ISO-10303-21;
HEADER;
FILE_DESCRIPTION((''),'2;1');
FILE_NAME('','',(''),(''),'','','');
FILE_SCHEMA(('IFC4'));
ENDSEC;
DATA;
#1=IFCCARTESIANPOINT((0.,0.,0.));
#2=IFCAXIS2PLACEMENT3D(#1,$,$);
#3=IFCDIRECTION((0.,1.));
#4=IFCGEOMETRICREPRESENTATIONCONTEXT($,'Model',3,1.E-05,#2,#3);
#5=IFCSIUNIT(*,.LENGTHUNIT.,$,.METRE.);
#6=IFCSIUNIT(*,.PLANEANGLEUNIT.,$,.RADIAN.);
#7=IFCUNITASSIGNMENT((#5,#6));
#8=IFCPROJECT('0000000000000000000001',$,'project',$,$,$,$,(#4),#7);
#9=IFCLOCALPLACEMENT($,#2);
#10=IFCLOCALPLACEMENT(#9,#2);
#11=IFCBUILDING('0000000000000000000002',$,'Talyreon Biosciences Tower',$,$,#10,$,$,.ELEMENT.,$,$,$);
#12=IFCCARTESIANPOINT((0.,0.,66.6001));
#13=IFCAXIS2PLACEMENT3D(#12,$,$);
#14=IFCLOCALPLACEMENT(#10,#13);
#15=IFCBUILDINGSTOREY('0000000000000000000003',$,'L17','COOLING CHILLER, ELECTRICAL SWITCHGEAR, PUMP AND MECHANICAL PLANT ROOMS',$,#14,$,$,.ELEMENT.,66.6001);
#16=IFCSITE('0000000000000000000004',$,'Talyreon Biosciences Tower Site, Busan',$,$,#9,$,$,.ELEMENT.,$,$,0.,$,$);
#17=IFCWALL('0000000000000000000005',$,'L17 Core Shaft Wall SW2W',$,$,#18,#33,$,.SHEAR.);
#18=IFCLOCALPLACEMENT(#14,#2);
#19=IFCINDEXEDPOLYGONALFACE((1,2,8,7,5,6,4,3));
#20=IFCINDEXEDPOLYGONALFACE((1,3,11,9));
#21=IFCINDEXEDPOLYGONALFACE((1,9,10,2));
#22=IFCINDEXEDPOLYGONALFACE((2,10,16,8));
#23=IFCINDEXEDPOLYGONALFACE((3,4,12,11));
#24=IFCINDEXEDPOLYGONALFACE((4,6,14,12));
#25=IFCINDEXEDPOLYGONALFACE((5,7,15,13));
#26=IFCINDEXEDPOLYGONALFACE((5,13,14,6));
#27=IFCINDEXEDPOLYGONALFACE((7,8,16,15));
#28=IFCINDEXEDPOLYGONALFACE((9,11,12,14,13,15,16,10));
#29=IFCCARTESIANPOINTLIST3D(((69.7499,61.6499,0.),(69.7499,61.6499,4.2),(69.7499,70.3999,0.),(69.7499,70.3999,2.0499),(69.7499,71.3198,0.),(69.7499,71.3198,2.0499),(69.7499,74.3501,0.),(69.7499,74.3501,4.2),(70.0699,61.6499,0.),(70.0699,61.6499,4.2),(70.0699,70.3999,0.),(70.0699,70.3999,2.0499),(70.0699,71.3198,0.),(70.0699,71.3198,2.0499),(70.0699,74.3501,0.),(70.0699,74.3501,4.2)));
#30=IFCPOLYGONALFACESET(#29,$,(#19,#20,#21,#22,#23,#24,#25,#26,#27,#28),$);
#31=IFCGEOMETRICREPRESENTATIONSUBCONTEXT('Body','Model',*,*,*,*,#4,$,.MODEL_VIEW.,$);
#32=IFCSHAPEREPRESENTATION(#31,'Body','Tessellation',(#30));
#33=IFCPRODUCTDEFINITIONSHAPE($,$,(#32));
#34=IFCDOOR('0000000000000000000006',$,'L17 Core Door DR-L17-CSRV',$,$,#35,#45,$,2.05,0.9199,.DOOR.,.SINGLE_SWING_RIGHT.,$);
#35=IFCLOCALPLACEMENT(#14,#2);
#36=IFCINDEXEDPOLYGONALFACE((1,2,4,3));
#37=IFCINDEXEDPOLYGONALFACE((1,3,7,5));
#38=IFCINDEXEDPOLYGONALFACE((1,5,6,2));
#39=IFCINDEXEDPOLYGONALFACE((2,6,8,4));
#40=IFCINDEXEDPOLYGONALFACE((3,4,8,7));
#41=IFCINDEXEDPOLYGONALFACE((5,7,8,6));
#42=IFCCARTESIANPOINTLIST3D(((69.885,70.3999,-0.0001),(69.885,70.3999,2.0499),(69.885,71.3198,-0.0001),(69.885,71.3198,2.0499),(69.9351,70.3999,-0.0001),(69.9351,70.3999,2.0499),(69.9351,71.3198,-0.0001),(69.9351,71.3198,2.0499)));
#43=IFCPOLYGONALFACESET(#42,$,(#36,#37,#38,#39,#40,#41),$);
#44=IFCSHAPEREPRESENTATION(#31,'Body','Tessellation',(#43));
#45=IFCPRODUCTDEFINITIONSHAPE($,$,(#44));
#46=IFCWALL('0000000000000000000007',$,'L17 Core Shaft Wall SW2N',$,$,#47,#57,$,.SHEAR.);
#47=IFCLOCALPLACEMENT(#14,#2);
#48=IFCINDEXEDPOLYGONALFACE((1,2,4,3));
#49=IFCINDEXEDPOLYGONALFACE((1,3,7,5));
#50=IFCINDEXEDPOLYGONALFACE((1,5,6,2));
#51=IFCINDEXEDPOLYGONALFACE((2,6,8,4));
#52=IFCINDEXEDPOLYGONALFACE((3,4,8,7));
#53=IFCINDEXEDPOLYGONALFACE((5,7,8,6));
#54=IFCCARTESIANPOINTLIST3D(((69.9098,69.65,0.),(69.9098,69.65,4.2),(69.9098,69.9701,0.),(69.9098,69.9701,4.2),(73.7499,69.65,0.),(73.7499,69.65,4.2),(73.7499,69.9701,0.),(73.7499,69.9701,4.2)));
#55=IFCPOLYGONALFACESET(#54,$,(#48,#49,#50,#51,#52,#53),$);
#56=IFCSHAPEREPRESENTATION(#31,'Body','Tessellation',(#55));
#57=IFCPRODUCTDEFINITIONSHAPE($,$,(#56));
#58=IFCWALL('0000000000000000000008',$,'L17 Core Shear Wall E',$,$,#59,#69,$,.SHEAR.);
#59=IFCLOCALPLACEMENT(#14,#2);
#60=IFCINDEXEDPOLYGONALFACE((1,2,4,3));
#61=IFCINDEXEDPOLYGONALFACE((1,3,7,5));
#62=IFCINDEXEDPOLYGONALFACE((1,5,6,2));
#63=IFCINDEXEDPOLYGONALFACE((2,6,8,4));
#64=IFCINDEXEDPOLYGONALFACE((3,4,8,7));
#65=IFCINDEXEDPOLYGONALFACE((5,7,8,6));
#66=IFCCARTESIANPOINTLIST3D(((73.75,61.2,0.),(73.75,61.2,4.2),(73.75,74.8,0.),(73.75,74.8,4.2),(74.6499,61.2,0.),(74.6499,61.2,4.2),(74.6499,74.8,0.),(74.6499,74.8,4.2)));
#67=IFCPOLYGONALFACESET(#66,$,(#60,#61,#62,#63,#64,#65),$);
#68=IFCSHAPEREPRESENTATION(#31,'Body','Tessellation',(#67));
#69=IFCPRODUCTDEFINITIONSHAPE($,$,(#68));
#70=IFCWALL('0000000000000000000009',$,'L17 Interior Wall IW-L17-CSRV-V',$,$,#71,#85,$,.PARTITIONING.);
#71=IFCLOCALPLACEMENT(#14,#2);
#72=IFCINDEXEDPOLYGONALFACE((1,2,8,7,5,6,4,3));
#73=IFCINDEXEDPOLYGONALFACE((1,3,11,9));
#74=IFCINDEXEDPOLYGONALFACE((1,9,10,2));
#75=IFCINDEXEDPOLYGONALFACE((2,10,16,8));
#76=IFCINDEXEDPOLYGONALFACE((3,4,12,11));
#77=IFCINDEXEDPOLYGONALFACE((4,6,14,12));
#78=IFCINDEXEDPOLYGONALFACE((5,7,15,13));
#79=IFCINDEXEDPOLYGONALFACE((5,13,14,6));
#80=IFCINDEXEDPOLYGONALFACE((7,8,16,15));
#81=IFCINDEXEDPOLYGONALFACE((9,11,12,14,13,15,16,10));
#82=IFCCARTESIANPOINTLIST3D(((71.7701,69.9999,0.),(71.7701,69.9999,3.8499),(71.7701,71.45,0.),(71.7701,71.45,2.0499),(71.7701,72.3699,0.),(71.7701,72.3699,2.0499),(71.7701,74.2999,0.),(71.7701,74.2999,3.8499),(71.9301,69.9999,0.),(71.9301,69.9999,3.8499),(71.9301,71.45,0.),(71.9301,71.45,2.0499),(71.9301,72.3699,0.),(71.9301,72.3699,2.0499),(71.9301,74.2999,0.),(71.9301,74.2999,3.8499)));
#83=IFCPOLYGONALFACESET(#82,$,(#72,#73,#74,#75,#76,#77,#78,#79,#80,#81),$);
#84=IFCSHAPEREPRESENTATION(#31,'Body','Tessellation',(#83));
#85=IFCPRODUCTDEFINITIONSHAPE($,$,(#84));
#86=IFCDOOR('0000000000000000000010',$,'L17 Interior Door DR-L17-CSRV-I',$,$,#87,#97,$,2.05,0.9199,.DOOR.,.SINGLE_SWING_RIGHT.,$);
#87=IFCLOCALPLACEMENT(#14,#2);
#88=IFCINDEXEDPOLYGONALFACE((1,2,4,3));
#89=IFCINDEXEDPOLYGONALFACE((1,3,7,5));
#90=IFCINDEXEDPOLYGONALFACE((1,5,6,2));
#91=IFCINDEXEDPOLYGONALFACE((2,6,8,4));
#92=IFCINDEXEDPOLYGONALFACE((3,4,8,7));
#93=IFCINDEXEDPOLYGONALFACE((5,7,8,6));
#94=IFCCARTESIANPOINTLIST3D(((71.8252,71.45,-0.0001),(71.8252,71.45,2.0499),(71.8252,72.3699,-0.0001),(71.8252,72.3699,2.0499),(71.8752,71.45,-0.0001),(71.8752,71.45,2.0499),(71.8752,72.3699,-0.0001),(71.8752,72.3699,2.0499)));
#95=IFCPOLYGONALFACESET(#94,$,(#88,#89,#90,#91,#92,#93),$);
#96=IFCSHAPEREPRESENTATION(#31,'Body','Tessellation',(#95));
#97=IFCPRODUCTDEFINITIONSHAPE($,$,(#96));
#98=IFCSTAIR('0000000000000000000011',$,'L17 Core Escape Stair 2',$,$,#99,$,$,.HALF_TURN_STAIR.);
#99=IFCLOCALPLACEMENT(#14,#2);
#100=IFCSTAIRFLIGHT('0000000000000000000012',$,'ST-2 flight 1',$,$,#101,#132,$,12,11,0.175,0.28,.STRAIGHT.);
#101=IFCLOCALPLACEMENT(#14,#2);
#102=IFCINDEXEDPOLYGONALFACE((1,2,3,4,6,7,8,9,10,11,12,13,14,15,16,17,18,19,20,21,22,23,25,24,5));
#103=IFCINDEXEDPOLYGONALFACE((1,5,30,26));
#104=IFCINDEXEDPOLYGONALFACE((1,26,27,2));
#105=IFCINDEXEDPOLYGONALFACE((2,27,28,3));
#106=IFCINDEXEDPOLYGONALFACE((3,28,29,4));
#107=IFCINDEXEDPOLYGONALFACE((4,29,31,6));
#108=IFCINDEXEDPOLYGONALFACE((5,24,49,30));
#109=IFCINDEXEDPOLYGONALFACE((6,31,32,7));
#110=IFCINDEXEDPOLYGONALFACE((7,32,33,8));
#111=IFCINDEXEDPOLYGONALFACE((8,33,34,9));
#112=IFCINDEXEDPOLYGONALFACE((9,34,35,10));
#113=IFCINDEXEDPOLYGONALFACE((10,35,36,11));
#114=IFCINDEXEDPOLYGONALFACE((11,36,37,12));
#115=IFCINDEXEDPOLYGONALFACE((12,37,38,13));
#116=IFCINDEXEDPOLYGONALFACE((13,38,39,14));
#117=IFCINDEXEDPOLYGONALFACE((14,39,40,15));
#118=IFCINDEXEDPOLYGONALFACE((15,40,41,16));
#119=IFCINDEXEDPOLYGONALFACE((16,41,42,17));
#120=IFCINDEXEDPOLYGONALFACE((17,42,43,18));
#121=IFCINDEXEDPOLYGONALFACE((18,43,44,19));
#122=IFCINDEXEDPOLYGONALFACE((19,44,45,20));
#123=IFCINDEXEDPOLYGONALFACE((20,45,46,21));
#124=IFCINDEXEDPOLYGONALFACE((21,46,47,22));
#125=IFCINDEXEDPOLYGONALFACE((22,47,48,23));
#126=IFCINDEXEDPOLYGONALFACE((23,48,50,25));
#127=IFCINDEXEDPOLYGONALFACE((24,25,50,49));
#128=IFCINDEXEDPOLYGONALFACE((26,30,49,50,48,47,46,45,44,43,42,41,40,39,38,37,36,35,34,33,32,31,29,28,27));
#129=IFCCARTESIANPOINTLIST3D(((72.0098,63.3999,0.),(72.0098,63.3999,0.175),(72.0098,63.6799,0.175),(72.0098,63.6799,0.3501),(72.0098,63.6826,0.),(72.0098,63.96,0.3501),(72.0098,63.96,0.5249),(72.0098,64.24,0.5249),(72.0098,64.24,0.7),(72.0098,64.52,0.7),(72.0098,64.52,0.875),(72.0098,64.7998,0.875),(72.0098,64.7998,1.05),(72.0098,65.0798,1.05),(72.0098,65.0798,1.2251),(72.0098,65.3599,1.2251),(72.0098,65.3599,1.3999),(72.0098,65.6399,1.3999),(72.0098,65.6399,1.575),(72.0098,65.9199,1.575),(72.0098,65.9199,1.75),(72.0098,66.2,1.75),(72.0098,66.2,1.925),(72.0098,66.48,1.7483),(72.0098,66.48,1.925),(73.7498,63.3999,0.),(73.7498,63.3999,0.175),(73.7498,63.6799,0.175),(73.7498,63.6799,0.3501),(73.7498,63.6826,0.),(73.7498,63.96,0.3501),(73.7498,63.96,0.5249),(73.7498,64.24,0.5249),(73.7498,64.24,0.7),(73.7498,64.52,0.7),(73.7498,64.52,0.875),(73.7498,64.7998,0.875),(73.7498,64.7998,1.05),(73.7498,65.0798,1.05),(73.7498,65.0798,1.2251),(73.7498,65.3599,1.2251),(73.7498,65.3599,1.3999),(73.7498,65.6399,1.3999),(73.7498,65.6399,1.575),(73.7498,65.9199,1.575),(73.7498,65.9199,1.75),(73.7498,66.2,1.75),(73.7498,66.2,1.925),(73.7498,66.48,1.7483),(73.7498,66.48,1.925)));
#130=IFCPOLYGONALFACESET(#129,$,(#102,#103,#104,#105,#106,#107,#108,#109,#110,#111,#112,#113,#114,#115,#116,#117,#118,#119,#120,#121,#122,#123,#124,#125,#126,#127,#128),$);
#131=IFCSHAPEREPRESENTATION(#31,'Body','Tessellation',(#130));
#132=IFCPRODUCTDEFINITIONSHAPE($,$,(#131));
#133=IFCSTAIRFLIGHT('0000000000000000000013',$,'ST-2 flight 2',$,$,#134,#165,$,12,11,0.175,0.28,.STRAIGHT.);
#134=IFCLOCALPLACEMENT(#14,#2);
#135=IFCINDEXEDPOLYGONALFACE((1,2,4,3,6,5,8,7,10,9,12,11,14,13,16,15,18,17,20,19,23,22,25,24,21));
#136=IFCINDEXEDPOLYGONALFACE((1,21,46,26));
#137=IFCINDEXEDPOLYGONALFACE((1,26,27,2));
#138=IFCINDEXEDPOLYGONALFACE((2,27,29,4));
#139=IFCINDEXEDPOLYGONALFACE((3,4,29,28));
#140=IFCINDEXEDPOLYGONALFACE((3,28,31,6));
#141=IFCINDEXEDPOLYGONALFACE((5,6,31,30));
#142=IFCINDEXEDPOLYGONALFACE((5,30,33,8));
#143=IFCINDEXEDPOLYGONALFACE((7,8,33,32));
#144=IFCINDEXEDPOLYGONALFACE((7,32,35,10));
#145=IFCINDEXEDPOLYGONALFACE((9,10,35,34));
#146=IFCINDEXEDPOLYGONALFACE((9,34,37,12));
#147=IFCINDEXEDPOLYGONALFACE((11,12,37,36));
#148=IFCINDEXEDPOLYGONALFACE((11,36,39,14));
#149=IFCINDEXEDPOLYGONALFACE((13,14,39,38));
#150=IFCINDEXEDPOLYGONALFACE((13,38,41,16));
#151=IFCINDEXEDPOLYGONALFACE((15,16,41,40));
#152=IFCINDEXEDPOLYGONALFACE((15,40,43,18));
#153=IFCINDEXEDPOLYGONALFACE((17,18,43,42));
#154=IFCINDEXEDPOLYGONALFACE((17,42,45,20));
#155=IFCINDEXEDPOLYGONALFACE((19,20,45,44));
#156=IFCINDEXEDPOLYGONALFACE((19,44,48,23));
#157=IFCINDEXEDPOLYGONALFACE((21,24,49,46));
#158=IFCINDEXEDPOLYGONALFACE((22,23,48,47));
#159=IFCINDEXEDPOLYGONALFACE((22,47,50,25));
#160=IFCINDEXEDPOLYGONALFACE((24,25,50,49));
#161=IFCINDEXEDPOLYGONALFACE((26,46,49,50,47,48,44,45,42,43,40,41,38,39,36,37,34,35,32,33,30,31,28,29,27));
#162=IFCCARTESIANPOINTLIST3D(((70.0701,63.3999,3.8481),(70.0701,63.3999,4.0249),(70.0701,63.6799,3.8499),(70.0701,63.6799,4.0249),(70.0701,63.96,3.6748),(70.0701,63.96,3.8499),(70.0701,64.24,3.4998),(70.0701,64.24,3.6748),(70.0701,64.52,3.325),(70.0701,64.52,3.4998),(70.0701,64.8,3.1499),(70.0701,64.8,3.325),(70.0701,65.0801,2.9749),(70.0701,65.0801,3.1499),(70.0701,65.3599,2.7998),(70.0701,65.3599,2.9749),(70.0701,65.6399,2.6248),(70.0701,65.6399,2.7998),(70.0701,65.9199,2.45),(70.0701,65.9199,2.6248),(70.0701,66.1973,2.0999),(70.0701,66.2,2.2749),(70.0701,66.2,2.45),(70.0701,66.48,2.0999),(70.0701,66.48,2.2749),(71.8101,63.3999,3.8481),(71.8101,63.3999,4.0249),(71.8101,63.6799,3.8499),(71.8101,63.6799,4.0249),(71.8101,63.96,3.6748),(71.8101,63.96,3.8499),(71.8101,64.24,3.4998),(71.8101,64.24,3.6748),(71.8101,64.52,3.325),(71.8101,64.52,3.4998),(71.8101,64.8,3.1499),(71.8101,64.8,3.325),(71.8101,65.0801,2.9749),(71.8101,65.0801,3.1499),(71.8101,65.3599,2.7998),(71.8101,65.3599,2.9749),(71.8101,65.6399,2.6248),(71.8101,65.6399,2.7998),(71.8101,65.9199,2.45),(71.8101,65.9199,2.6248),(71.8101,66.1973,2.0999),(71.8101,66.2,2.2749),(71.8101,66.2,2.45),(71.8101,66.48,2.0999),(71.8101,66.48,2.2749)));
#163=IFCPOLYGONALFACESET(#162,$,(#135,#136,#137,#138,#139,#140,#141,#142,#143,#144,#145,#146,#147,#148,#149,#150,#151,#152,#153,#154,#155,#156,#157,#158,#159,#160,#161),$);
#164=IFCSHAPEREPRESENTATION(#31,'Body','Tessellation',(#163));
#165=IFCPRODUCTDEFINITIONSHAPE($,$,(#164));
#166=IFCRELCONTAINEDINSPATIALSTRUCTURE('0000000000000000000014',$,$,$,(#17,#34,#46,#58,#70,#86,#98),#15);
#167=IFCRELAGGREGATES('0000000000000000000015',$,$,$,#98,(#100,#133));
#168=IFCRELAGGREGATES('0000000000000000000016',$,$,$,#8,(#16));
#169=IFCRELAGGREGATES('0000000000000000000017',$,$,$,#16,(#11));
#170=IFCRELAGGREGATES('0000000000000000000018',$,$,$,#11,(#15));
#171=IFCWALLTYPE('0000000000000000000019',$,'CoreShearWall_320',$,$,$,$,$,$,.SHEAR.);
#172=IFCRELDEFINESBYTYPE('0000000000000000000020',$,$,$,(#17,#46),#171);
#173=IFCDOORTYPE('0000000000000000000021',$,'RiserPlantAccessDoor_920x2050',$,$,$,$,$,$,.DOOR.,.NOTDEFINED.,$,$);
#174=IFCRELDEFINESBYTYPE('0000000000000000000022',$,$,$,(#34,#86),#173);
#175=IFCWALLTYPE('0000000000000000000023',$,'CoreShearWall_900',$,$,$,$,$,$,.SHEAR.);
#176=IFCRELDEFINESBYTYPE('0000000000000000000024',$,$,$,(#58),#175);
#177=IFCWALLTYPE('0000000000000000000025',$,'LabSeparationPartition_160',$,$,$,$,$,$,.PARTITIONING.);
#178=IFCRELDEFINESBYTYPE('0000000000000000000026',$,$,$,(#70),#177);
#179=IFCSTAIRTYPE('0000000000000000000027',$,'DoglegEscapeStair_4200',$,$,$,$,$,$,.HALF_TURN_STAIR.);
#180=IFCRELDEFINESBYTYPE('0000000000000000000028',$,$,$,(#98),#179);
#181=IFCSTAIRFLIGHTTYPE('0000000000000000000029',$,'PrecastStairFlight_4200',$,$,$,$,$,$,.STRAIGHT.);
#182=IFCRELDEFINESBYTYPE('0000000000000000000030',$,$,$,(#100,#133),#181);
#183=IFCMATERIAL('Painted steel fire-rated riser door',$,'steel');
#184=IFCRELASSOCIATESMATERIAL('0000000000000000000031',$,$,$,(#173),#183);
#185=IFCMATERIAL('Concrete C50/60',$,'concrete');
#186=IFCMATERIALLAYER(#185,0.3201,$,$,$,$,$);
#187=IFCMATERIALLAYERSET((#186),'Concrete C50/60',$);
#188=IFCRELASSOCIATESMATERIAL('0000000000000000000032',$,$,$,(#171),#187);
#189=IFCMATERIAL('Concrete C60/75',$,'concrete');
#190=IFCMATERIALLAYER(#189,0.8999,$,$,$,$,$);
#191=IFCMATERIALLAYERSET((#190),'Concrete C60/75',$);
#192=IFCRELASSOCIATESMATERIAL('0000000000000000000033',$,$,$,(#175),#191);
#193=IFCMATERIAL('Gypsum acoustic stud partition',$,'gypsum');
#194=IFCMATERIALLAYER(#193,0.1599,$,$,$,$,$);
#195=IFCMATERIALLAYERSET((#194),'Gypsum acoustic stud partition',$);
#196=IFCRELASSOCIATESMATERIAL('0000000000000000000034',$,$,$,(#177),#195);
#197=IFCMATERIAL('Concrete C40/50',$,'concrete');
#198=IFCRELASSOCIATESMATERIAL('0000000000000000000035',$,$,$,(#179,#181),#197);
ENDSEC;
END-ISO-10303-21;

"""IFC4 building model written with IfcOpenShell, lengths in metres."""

from ifc_helpers import new_model, si_unit, direction, frame, frame_2d, origin, place, context, subcontext, project, spatial, polyline, rectangle, outline, extrude, material, layer, layer_set, type_object, element, fill, aggregate, save


model = new_model("IFC4")

# Units and contexts
model_context = context("Model", 3, precision=1e-05, world=origin(), true_north=direction((0.0, 1.0)))
body_context = subcontext(model_context, "Body", "Model", "MODEL_VIEW")
ifc_project = project(units=[si_unit("LENGTHUNIT", "METRE"), si_unit("PLANEANGLEUNIT", "RADIAN")], contexts=[model_context])

# Site, building, storey
site_placement = place(None, origin())
site = spatial("IfcSite", under=ifc_project, at=site_placement, Name="Talyreon Biosciences Tower Site, Busan", CompositionType="ELEMENT", RefElevation=0.0)
building_placement = place(site_placement, origin())
building = spatial("IfcBuilding", under=site, at=building_placement, Name="Talyreon Biosciences Tower", CompositionType="ELEMENT")
storey_placement = place(building_placement, frame((0.0, 0.0, 66.6001)))
storey = spatial("IfcBuildingStorey", under=building, at=storey_placement, Name="L17", Description="COOLING CHILLER, ELECTRICAL SWITCHGEAR, PUMP AND MECHANICAL PLANT ROOMS", CompositionType="ELEMENT", Elevation=66.6001)

# Shared definitions
ifc_material_1 = material(Name="Concrete C60/75", Category="concrete")

# Shared definitions
ifc_material_2 = material(Name="Concrete C50/60", Category="concrete")
ifc_material_3 = material(Name="Painted steel fire-rated riser door", Category="steel")
door_type = type_object("IfcDoorType", Name="RiserPlantAccessDoor_920x2050", OperationType="NOTDEFINED", PredefinedType="DOOR", material=ifc_material_3)

# Wall, opening, door
ifc_layer_1 = layer(ifc_material_2, 0.3201)
ifc_layer_set_1 = layer_set([ifc_layer_1], Name="Concrete C50/60")
wall_type_1 = type_object("IfcWallType", Name="CoreShearWall_320", PredefinedType="SHEAR", material=ifc_layer_set_1)
wall_1_placement = place(storey_placement, frame((69.9099, 61.6499, 0.0), z_axis=(0.0, 0.0, 1.0), x_axis=(0.0, 1.0, 0.0)))
wall_1 = element("IfcWall", 1, at=wall_1_placement, inside=storey, type_object=wall_type_1, Name="L17 Core Shaft Wall SW2W", PredefinedType="SHEAR", context=body_context, shape_type="SweptSolid", body=[
    extrude(rectangle(XDim=12.7002, YDim=0.3201, at=frame_2d((6.3501, 0.0))), origin(), (0.0, 0.0, 1.0), 4.2),
])
opening_1_placement = place(wall_1_placement, frame((8.75, 0.0, 0.0)))
opening_1 = element("IfcOpeningElement", 2, at=opening_1_placement, cuts=wall_1, PredefinedType="OPENING", context=body_context, shape_type="SweptSolid", body=[
    extrude(rectangle(XDim=0.9199, YDim=2.05, at=frame_2d((0.46, 1.0249))), frame((0.0, 0.1699, 0.0), z_axis=(0.0, -1.0, 0.0), x_axis=(1.0, 0.0, 0.0)), (0.0, 0.0, 1.0), 0.3401),
])
door_1_placement = place(opening_1_placement, origin())
door_1 = element("IfcDoor", 3, at=door_1_placement, inside=storey, type_object=door_type, Name="L17 Core Door DR-L17-CSRV", OperationType="SINGLE_SWING_RIGHT", OverallHeight=2.05, OverallWidth=0.9199, PredefinedType="DOOR", context=body_context, shape_type="SweptSolid", body=[
    extrude(rectangle(XDim=0.9199, YDim=2.05, at=frame_2d((0.46, 1.0249))), frame((0.0, 0.0249, 0.0), z_axis=(0.0, -1.0, 0.0), x_axis=(1.0, 0.0, 0.0)), (0.0, 0.0, 1.0), 0.05),
])
fill(opening_1, door_1)

# Walls
wall_2_placement = place(storey_placement, frame((69.9099, 69.8101, 0.0), z_axis=(0.0, 0.0, 1.0), x_axis=(1.0, 0.0, 0.0)))
element("IfcWall", 4, at=wall_2_placement, inside=storey, type_object=wall_type_1, Name="L17 Core Shaft Wall SW2N", PredefinedType="SHEAR", context=body_context, shape_type="SweptSolid", body=[
    extrude(rectangle(XDim=3.8401, YDim=0.3201, at=frame_2d((1.9199, 0.0))), origin(), (0.0, 0.0, 1.0), 4.2),
])
ifc_layer_2 = layer(ifc_material_1, 0.8999)
ifc_layer_set_2 = layer_set([ifc_layer_2], Name="Concrete C60/75")
wall_type_2 = type_object("IfcWallType", Name="CoreShearWall_900", PredefinedType="SHEAR", material=ifc_layer_set_2)
wall_3_placement = place(storey_placement, frame((74.2, 61.2, 0.0), z_axis=(0.0, 0.0, 1.0), x_axis=(0.0, 1.0, 0.0)))
element("IfcWall", 5, at=wall_3_placement, inside=storey, type_object=wall_type_2, Name="L17 Core Shear Wall E", PredefinedType="SHEAR", context=body_context, shape_type="SweptSolid", body=[
    extrude(rectangle(XDim=13.6001, YDim=0.8999, at=frame_2d((6.8, 0.0))), origin(), (0.0, 0.0, 1.0), 4.2),
])

# Wall, opening, door
ifc_material_4 = material(Name="Gypsum acoustic stud partition", Category="gypsum")
ifc_layer_3 = layer(ifc_material_4, 0.1599)
ifc_layer_set_3 = layer_set([ifc_layer_3], Name="Gypsum acoustic stud partition")
wall_type_3 = type_object("IfcWallType", Name="LabSeparationPartition_160", PredefinedType="PARTITIONING", material=ifc_layer_set_3)
wall_4_placement = place(storey_placement, frame((71.8501, 70.0, 0.0), z_axis=(0.0, 0.0, 1.0), x_axis=(0.0, 1.0, 0.0)))
wall_4 = element("IfcWall", 6, at=wall_4_placement, inside=storey, type_object=wall_type_3, Name="L17 Interior Wall IW-L17-CSRV-V", PredefinedType="PARTITIONING", context=body_context, shape_type="SweptSolid", body=[
    extrude(rectangle(XDim=4.3, YDim=0.1599, at=frame_2d((2.1499, 0.0))), origin(), (0.0, 0.0, 1.0), 3.8499),
])
opening_2_placement = place(wall_4_placement, frame((1.45, 0.0, 0.0)))
opening_2 = element("IfcOpeningElement", 7, at=opening_2_placement, cuts=wall_4, PredefinedType="OPENING", context=body_context, shape_type="SweptSolid", body=[
    extrude(rectangle(XDim=0.9199, YDim=2.05, at=frame_2d((0.46, 1.0249))), frame((0.0, 0.0898, 0.0), z_axis=(0.0, -1.0, 0.0), x_axis=(1.0, 0.0, 0.0)), (0.0, 0.0, 1.0), 0.1799),
])
door_2_placement = place(opening_2_placement, origin())
door_2 = element("IfcDoor", 8, at=door_2_placement, inside=storey, type_object=door_type, Name="L17 Interior Door DR-L17-CSRV-I", OperationType="SINGLE_SWING_RIGHT", OverallHeight=2.05, OverallWidth=0.9199, PredefinedType="DOOR", context=body_context, shape_type="SweptSolid", body=[
    extrude(rectangle(XDim=0.9199, YDim=2.05, at=frame_2d((0.46, 1.0249))), frame((0.0, 0.0249, 0.0), z_axis=(0.0, -1.0, 0.0), x_axis=(1.0, 0.0, 0.0)), (0.0, 0.0, 1.0), 0.05),
])
fill(opening_2, door_2)

# Stair, stair flights
ifc_material_5 = material(Name="Concrete C40/50", Category="concrete")
stair_type = type_object("IfcStairType", Name="DoglegEscapeStair_4200", PredefinedType="HALF_TURN_STAIR", material=ifc_material_5)
stair_placement = place(storey_placement, origin())
stair = element("IfcStair", 9, at=stair_placement, inside=storey, type_object=stair_type, Name="L17 Core Escape Stair 2", PredefinedType="HALF_TURN_STAIR")
stair_flight_type = type_object("IfcStairFlightType", Name="PrecastStairFlight_4200", PredefinedType="STRAIGHT", material=ifc_material_5)
stair_flight_1_placement = place(storey_placement, frame((72.8799, 63.3999, 0.0), z_axis=(0.0, 0.0, 1.0), x_axis=(0.0, 1.0, 0.0)))
stair_flight_1 = element("IfcStairFlight", 10, at=stair_flight_1_placement, type_object=stair_flight_type, Name="ST-2 flight 1", NumberOfRisers=12, NumberOfTreads=11, PredefinedType="STRAIGHT", RiserHeight=0.175, TreadLength=0.28, context=body_context, shape_type="SweptSolid", body=[
    extrude(outline(polyline([(0.0, 0.0), (0.0, 0.175), (0.28, 0.175), (0.28, 0.3501), (0.5601, 0.3501), (0.5601, 0.5249), (0.8401, 0.5249), (0.8401, 0.7), (1.1201, 0.7), (1.1201, 0.875), (1.3999, 0.875), (1.3999, 1.05), (1.6799, 1.05), (1.6799, 1.2251), (1.96, 1.2251), (1.96, 1.3999), (2.24, 1.3999), (2.24, 1.575), (2.52, 1.575), (2.52, 1.75), (2.8, 1.75), (2.8, 1.925), (3.0801, 1.925), (3.0801, 2.1001), (3.0801, 1.7483), (0.2827, 0.0), (0.0, 0.0)])), frame((0.0, 0.8701, 0.0), z_axis=(0.0, -1.0, 0.0), x_axis=(1.0, 0.0, 0.0)), (0.0, 0.0, 1.0), 1.74),
])
stair_flight_2_placement = place(storey_placement, frame((70.9399, 66.48, 2.0999), z_axis=(0.0, 0.0, 1.0), x_axis=(0.0, -1.0, 0.0)))
stair_flight_2 = element("IfcStairFlight", 11, at=stair_flight_2_placement, type_object=stair_flight_type, Name="ST-2 flight 2", NumberOfRisers=12, NumberOfTreads=11, PredefinedType="STRAIGHT", RiserHeight=0.175, TreadLength=0.28, context=body_context, shape_type="SweptSolid", body=[
    extrude(outline(polyline([(0.0, 0.0), (0.0, 0.175), (0.28, 0.175), (0.28, 0.3501), (0.5601, 0.3501), (0.5601, 0.5249), (0.8401, 0.5249), (0.8401, 0.7), (1.1201, 0.7), (1.1201, 0.875), (1.3999, 0.875), (1.3999, 1.05), (1.6799, 1.05), (1.6799, 1.2251), (1.96, 1.2251), (1.96, 1.3999), (2.24, 1.3999), (2.24, 1.575), (2.52, 1.575), (2.52, 1.75), (2.8, 1.75), (2.8, 1.925), (3.0801, 1.925), (3.0801, 2.1001), (3.0801, 1.7483), (0.2827, 0.0), (0.0, 0.0)])), frame((0.0, 0.8701, 0.0), z_axis=(0.0, -1.0, 0.0), x_axis=(1.0, 0.0, 0.0)), (0.0, 0.0, 1.0), 1.74),
])
aggregate(stair, [stair_flight_1, stair_flight_2])

save(model, "model.ifc")
